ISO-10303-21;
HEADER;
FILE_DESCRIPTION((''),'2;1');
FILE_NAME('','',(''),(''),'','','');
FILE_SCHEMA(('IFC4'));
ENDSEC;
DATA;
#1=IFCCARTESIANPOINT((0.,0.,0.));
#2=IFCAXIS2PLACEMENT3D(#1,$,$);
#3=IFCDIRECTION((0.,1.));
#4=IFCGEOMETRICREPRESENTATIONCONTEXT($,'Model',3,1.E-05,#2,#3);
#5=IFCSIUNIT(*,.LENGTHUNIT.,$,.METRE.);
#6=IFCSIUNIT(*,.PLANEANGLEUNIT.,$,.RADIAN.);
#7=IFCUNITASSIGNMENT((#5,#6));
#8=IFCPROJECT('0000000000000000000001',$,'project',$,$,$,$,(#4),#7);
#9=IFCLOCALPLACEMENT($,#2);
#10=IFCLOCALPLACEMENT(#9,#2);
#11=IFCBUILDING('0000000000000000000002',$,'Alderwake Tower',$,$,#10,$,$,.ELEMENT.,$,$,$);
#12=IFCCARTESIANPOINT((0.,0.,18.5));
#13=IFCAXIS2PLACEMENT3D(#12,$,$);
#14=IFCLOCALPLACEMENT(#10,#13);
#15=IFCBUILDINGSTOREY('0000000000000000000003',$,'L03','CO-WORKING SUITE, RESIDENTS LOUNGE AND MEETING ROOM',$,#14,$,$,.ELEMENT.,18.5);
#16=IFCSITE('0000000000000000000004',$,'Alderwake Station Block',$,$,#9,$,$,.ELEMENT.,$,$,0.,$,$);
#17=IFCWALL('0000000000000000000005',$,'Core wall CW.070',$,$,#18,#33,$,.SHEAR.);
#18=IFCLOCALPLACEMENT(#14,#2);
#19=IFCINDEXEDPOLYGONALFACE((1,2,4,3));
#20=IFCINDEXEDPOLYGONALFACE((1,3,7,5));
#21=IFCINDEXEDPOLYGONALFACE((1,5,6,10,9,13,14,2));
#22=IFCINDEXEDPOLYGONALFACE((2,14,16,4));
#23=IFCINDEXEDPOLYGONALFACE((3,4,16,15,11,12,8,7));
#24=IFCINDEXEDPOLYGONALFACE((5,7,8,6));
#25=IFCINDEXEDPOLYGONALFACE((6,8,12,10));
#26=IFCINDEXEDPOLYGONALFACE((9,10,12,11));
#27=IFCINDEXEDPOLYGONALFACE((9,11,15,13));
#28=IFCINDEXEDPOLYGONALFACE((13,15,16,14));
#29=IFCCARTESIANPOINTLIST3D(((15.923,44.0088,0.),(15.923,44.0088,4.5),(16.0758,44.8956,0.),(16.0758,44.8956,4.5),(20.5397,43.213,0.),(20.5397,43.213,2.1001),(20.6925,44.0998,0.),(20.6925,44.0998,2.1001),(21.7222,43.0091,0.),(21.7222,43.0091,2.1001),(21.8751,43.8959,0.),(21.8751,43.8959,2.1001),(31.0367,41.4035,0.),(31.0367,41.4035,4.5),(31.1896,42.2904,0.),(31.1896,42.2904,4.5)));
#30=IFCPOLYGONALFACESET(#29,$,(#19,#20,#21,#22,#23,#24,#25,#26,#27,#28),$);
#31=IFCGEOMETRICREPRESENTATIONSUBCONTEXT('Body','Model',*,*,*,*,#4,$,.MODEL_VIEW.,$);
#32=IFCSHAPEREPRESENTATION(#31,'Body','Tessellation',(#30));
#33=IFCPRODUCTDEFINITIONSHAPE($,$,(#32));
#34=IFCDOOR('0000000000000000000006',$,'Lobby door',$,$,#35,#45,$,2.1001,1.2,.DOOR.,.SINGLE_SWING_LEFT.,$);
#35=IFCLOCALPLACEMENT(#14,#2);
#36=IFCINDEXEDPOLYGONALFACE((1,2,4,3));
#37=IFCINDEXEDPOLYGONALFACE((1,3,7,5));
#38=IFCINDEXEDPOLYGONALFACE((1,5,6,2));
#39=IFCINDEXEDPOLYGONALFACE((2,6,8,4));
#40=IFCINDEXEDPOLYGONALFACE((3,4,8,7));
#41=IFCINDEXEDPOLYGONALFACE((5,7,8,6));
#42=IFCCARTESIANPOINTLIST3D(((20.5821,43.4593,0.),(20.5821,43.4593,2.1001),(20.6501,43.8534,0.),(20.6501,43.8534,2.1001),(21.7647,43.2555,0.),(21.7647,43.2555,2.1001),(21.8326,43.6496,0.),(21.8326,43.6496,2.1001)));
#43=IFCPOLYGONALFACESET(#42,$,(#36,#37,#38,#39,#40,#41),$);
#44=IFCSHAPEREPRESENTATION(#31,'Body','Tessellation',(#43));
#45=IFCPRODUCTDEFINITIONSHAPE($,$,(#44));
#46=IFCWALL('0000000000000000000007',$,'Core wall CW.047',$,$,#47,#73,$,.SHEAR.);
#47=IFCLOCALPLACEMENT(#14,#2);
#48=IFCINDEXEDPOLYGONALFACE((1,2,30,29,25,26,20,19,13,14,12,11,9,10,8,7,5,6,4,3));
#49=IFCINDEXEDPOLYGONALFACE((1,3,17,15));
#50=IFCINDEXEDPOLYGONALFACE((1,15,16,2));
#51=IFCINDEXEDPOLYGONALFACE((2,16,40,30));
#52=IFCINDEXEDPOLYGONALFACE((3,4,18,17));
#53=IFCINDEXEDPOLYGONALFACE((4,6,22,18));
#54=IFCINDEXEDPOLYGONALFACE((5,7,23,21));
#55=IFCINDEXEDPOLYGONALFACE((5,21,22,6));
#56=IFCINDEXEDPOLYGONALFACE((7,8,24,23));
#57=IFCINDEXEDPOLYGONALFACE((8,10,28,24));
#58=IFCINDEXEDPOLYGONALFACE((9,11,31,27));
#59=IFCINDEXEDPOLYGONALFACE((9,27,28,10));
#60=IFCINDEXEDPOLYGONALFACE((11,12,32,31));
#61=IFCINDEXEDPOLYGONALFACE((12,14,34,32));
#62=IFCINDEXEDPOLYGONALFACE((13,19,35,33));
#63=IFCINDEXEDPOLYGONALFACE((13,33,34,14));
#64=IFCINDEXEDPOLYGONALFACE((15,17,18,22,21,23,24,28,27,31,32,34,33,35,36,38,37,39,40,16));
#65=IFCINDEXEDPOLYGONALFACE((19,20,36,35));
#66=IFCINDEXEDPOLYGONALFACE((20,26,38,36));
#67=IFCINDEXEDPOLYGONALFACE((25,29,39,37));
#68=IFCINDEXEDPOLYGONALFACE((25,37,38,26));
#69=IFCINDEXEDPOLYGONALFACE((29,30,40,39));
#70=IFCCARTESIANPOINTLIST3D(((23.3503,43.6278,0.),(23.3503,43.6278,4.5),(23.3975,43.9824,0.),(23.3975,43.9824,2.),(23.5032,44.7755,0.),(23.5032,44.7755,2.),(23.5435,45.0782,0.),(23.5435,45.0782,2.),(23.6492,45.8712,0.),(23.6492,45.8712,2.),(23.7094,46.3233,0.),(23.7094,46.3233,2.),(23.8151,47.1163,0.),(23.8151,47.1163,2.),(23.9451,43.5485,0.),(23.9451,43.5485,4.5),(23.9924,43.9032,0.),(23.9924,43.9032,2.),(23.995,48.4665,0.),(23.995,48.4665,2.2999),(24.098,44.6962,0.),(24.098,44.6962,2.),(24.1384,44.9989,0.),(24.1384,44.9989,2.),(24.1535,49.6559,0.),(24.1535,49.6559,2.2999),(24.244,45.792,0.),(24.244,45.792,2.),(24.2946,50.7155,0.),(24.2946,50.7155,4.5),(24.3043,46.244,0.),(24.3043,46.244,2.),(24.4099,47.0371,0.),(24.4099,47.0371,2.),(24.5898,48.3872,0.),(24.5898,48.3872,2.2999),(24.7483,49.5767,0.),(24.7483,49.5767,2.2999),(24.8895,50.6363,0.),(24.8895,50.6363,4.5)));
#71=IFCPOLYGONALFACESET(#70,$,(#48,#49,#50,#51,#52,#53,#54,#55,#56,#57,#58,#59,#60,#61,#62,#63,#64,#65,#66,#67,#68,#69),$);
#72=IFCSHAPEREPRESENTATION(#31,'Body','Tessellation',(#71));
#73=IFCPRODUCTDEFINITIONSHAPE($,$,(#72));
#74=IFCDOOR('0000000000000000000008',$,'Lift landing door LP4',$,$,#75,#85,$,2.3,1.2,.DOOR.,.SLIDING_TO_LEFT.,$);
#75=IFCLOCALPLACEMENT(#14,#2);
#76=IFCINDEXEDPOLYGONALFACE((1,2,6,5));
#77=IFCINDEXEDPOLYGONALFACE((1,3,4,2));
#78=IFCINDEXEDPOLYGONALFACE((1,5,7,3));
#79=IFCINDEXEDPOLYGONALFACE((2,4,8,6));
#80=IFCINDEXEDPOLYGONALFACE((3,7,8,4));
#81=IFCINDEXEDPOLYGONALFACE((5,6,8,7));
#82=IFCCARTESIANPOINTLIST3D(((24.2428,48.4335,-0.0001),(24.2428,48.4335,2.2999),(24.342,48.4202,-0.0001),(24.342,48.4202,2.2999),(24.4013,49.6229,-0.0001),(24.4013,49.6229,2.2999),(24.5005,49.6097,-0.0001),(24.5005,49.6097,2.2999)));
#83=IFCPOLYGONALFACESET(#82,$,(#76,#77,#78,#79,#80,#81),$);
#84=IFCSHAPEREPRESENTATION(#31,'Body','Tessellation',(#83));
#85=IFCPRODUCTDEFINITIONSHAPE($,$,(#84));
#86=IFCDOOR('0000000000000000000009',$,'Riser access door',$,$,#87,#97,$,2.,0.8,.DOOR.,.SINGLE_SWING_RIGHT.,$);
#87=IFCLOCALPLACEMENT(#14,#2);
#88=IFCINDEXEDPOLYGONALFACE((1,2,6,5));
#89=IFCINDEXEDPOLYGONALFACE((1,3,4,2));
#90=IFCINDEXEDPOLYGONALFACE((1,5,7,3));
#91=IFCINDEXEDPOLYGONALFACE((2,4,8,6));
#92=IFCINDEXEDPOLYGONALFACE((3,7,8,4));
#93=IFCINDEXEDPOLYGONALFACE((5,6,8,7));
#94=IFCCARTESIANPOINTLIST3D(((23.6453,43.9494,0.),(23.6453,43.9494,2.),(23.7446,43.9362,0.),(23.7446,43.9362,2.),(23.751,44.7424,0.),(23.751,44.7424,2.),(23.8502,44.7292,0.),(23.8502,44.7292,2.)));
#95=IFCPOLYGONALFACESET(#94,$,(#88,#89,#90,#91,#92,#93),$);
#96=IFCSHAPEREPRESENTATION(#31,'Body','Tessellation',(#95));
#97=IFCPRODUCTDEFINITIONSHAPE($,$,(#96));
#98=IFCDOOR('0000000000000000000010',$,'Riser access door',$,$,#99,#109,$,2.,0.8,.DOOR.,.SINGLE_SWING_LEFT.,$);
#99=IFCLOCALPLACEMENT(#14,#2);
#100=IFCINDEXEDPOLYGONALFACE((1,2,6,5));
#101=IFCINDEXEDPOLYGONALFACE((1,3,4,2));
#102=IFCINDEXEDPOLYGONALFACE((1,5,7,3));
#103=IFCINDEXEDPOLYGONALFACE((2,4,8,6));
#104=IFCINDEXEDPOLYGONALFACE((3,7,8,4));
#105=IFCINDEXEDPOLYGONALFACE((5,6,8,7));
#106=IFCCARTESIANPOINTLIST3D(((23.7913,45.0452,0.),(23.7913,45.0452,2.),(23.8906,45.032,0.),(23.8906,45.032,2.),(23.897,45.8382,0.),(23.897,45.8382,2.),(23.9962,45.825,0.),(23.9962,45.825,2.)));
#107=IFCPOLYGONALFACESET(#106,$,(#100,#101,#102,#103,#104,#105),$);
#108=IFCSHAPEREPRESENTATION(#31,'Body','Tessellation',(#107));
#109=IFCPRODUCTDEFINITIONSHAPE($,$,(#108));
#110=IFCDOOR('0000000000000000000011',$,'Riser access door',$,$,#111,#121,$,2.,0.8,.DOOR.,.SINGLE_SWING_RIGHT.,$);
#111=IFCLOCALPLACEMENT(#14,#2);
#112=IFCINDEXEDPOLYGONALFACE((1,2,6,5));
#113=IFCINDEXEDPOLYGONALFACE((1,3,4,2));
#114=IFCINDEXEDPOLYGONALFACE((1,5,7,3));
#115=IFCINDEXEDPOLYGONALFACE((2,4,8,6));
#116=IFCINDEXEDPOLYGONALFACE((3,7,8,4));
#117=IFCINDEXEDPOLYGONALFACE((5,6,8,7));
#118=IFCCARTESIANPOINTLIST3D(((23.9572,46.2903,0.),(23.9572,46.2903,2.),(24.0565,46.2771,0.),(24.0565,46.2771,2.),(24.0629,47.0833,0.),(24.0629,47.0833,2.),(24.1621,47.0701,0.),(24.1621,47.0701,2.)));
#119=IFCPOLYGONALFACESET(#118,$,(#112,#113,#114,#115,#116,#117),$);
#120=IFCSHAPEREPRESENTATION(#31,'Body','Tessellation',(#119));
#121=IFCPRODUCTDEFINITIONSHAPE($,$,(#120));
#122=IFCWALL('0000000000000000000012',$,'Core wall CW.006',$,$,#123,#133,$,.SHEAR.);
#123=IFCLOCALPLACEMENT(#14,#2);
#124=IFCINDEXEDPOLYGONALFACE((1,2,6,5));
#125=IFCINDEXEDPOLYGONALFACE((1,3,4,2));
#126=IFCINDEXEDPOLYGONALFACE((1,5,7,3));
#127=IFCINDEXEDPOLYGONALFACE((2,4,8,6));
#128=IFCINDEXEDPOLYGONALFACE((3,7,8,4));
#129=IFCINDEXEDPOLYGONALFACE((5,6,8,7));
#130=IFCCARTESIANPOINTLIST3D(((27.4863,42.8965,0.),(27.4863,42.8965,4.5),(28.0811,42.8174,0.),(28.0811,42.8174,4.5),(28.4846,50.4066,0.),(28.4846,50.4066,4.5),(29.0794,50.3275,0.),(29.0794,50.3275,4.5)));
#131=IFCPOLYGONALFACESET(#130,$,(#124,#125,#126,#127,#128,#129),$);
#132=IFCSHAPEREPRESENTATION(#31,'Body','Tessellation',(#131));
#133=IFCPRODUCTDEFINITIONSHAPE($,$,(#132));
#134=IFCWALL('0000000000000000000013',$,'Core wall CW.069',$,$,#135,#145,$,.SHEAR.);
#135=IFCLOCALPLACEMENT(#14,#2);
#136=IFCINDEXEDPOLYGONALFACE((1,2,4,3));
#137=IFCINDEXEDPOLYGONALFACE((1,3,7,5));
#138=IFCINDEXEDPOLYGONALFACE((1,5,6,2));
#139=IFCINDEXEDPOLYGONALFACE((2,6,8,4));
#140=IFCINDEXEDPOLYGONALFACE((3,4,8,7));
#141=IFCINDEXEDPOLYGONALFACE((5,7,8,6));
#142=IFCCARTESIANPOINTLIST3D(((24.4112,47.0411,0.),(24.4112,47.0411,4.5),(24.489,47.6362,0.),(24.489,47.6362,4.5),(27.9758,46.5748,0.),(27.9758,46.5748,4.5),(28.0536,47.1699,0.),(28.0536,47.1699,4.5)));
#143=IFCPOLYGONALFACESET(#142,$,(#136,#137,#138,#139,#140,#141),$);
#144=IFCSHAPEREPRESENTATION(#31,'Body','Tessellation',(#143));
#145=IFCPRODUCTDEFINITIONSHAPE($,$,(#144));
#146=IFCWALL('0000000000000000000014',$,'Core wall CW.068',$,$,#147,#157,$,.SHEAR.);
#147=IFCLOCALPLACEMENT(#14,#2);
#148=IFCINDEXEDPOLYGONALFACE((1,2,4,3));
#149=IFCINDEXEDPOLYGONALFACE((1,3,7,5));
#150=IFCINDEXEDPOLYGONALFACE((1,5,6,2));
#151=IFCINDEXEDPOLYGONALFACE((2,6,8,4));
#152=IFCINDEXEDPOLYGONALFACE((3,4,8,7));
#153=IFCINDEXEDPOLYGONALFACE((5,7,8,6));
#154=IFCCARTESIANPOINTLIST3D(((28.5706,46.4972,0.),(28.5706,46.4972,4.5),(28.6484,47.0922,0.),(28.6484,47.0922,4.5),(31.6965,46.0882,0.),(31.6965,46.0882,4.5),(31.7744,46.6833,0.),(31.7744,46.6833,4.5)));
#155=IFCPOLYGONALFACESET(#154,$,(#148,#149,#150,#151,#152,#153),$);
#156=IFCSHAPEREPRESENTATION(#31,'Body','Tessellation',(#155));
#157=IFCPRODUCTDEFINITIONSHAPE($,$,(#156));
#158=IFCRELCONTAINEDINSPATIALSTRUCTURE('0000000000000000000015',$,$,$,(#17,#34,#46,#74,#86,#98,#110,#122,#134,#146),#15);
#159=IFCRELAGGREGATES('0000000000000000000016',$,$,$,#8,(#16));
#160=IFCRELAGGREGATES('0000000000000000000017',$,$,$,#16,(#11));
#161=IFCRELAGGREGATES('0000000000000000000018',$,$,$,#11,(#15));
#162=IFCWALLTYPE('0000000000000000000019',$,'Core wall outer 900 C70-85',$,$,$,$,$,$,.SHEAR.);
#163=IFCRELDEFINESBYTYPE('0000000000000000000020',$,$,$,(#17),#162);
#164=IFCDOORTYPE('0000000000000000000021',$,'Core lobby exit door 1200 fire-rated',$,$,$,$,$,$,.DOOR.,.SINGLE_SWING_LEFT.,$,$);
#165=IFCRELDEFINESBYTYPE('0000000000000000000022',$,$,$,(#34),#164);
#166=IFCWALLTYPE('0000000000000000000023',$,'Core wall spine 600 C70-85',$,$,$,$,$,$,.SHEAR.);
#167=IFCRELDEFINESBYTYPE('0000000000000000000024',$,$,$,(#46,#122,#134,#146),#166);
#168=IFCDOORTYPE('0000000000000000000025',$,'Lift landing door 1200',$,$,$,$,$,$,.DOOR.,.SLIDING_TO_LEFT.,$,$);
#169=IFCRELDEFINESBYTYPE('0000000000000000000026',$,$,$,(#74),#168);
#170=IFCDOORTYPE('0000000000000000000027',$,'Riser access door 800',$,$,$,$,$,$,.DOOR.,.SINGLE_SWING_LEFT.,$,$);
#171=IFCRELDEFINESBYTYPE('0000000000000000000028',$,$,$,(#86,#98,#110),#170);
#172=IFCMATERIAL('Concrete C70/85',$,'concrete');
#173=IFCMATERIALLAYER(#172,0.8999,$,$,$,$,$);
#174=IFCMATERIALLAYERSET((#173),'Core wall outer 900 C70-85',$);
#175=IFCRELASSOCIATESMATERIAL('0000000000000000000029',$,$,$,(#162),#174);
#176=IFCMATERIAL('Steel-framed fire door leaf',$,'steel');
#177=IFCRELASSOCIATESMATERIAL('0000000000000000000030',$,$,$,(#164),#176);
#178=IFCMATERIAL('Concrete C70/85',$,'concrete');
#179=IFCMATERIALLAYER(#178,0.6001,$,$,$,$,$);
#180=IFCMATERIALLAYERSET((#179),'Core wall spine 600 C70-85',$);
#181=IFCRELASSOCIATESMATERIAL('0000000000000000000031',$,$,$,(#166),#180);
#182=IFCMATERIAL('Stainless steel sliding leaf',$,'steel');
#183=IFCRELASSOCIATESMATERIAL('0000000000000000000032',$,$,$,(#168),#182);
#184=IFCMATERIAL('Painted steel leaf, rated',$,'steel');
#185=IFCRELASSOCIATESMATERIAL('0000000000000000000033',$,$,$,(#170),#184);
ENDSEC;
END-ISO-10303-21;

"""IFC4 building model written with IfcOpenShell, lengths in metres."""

from ifc_helpers import new_model, si_unit, direction, frame, frame_2d, origin, place, context, subcontext, project, spatial, rectangle, extrude, material, layer, layer_set, type_object, element, fill, save


model = new_model("IFC4")

# Units and contexts
model_context = context("Model", 3, precision=1e-05, world=origin(), true_north=direction((0.0, 1.0)))
body_context = subcontext(model_context, "Body", "Model", "MODEL_VIEW")
ifc_project = project(units=[si_unit("LENGTHUNIT", "METRE"), si_unit("PLANEANGLEUNIT", "RADIAN")], contexts=[model_context])

# Site, building, storey
site_placement = place(None, origin())
site = spatial("IfcSite", under=ifc_project, at=site_placement, Name="Alderwake Station Block", CompositionType="ELEMENT", RefElevation=0.0)
building_placement = place(site_placement, origin())
building = spatial("IfcBuilding", under=site, at=building_placement, Name="Alderwake Tower", CompositionType="ELEMENT")
storey_placement = place(building_placement, frame((0.0, 0.0, 18.5)))
storey = spatial("IfcBuildingStorey", under=building, at=storey_placement, Name="L03", Description="CO-WORKING SUITE, RESIDENTS LOUNGE AND MEETING ROOM", CompositionType="ELEMENT", Elevation=18.5)

# Shared definitions
ifc_material_1 = material(Name="Concrete C70/85", Category="concrete")
ifc_layer_1 = layer(ifc_material_1, 0.8999)
ifc_layer_set_1 = layer_set([ifc_layer_1], Name="Core wall outer 900 C70-85")
wall_type_1 = type_object("IfcWallType", Name="Core wall outer 900 C70-85", PredefinedType="SHEAR", material=ifc_layer_set_1)

# Wall, opening, door
wall_1_placement = place(storey_placement, frame((31.1133, 41.8469, 0.0), z_axis=(0.0, 0.0, 1.0), x_axis=(-0.985467, 0.169869, 0.0)))
wall_1 = element("IfcWall", 1, at=wall_1_placement, inside=storey, type_object=wall_type_1, Name="Core wall CW.070", PredefinedType="SHEAR", context=body_context, shape_type="SweptSolid", body=[
    extrude(rectangle(XDim=15.3367, YDim=0.8999, at=frame_2d((7.6685, 0.0))), origin(), (0.0, 0.0, 1.0), 4.5),
])
opening_1_placement = place(wall_1_placement, frame((9.4519, 0.0, 0.0)))
opening_1 = element("IfcOpeningElement", 2, at=opening_1_placement, cuts=wall_1, PredefinedType="OPENING", context=body_context, shape_type="SweptSolid", body=[
    extrude(rectangle(XDim=1.2, YDim=2.1001, at=frame_2d((0.6001, 1.05))), frame((0.0, 0.46, 0.0), z_axis=(0.0, -1.0, 0.0), x_axis=(1.0, 0.0, 0.0)), (0.0, 0.0, 1.0), 0.9199),
])
ifc_material_2 = material(Name="Steel-framed fire door leaf", Category="steel")
door_type_1 = type_object("IfcDoorType", Name="Core lobby exit door 1200 fire-rated", OperationType="SINGLE_SWING_LEFT", PredefinedType="DOOR", material=ifc_material_2)
door_1_placement = place(opening_1_placement, origin())
door_1 = element("IfcDoor", 3, at=door_1_placement, inside=storey, type_object=door_type_1, Name="Lobby door", OperationType="SINGLE_SWING_LEFT", OverallHeight=2.1001, OverallWidth=1.2, PredefinedType="DOOR", context=body_context, shape_type="SweptSolid", body=[
    extrude(rectangle(XDim=1.2, YDim=2.1001, at=frame_2d((0.6001, 1.05))), frame((0.0, 0.2, 0.0), z_axis=(0.0, -1.0, 0.0), x_axis=(1.0, 0.0, 0.0)), (0.0, 0.0, 1.0), 0.3999),
])
fill(opening_1, door_1)

# Wall, openings, doors
ifc_material_3 = material(Name="Concrete C70/85", Category="concrete")
ifc_layer_2 = layer(ifc_material_3, 0.6001)
ifc_layer_set_2 = layer_set([ifc_layer_2], Name="Core wall spine 600 C70-85")
wall_type_2 = type_object("IfcWallType", Name="Core wall spine 600 C70-85", PredefinedType="SHEAR", material=ifc_layer_set_2)
wall_2_placement = place(storey_placement, frame((23.6477, 43.5881, 0.0), z_axis=(0.0, 0.0, 1.0), x_axis=(0.13207, 0.99124, 0.0)))
wall_2 = element("IfcWall", 4, at=wall_2_placement, inside=storey, type_object=wall_type_2, Name="Core wall CW.047", PredefinedType="SHEAR", context=body_context, shape_type="SweptSolid", body=[
    extrude(rectangle(XDim=7.1504, YDim=0.6001, at=frame_2d((3.5752, 0.0))), origin(), (0.0, 0.0, 1.0), 4.5),
])
opening_2_placement = place(wall_2_placement, frame((4.8813, 0.0, 0.0)))
opening_2 = element("IfcOpeningElement", 5, at=opening_2_placement, cuts=wall_2, PredefinedType="OPENING", context=body_context, shape_type="SweptSolid", body=[
    extrude(rectangle(XDim=1.2, YDim=2.3, at=frame_2d((0.6001, 1.1499))), frame((0.0, 0.3101, 0.0), z_axis=(0.0, -1.0, 0.0), x_axis=(1.0, 0.0, 0.0)), (0.0, 0.0, 1.0), 0.6201),
])
opening_3_placement = place(wall_2_placement, frame((0.3579, 0.0, 0.0)))
opening_3 = element("IfcOpeningElement", 6, at=opening_3_placement, cuts=wall_2, PredefinedType="OPENING", context=body_context, shape_type="SweptSolid", body=[
    extrude(rectangle(XDim=0.8, YDim=2.0, at=frame_2d((0.3999, 1.0))), frame((0.0, 0.3101, 0.0), z_axis=(0.0, -1.0, 0.0), x_axis=(1.0, 0.0, 0.0)), (0.0, 0.0, 1.0), 0.6201),
])
opening_4_placement = place(wall_2_placement, frame((1.4634, 0.0, 0.0)))
opening_4 = element("IfcOpeningElement", 7, at=opening_4_placement, cuts=wall_2, PredefinedType="OPENING", context=body_context, shape_type="SweptSolid", body=[
    extrude(rectangle(XDim=0.8, YDim=2.0, at=frame_2d((0.3999, 1.0))), frame((0.0, 0.3101, 0.0), z_axis=(0.0, -1.0, 0.0), x_axis=(1.0, 0.0, 0.0)), (0.0, 0.0, 1.0), 0.6201),
])
opening_5_placement = place(wall_2_placement, frame((2.7195, 0.0, 0.0)))
opening_5 = element("IfcOpeningElement", 8, at=opening_5_placement, cuts=wall_2, PredefinedType="OPENING", context=body_context, shape_type="SweptSolid", body=[
    extrude(rectangle(XDim=0.8, YDim=2.0, at=frame_2d((0.3999, 1.0))), frame((0.0, 0.3101, 0.0), z_axis=(0.0, -1.0, 0.0), x_axis=(1.0, 0.0, 0.0)), (0.0, 0.0, 1.0), 0.6201),
])
ifc_material_4 = material(Name="Stainless steel sliding leaf", Category="steel")
door_type_2 = type_object("IfcDoorType", Name="Lift landing door 1200", OperationType="SLIDING_TO_LEFT", PredefinedType="DOOR", material=ifc_material_4)
door_2_placement = place(opening_2_placement, origin())
door_2 = element("IfcDoor", 9, at=door_2_placement, inside=storey, type_object=door_type_2, Name="Lift landing door LP4", OperationType="SLIDING_TO_LEFT", OverallHeight=2.3, OverallWidth=1.2, PredefinedType="DOOR", context=body_context, shape_type="SweptSolid", body=[
    extrude(rectangle(XDim=1.2, YDim=2.3, at=frame_2d((0.6001, 1.1499))), frame((0.0, 0.05, 0.0), z_axis=(0.0, -1.0, 0.0), x_axis=(1.0, 0.0, 0.0)), (0.0, 0.0, 1.0), 0.1001),
])
fill(opening_2, door_2)
ifc_material_5 = material(Name="Painted steel leaf, rated", Category="steel")
door_type_3 = type_object("IfcDoorType", Name="Riser access door 800", OperationType="SINGLE_SWING_LEFT", PredefinedType="DOOR", material=ifc_material_5)
door_3_placement = place(opening_3_placement, origin())
door_3 = element("IfcDoor", 10, at=door_3_placement, inside=storey, type_object=door_type_3, Name="Riser access door", OperationType="SINGLE_SWING_RIGHT", OverallHeight=2.0, OverallWidth=0.8, PredefinedType="DOOR", context=body_context, shape_type="SweptSolid", body=[
    extrude(rectangle(XDim=0.8, YDim=2.0, at=frame_2d((0.3999, 1.0))), frame((0.0, 0.05, 0.0), z_axis=(0.0, -1.0, 0.0), x_axis=(1.0, 0.0, 0.0)), (0.0, 0.0, 1.0), 0.1001),
])
fill(opening_3, door_3)
door_4_placement = place(opening_4_placement, origin())
door_4 = element("IfcDoor", 11, at=door_4_placement, inside=storey, type_object=door_type_3, Name="Riser access door", OperationType="SINGLE_SWING_LEFT", OverallHeight=2.0, OverallWidth=0.8, PredefinedType="DOOR", context=body_context, shape_type="SweptSolid", body=[
    extrude(rectangle(XDim=0.8, YDim=2.0, at=frame_2d((0.3999, 1.0))), frame((0.0, 0.05, 0.0), z_axis=(0.0, -1.0, 0.0), x_axis=(1.0, 0.0, 0.0)), (0.0, 0.0, 1.0), 0.1001),
])
fill(opening_4, door_4)
door_5_placement = place(opening_5_placement, origin())
door_5 = element("IfcDoor", 12, at=door_5_placement, inside=storey, type_object=door_type_3, Name="Riser access door", OperationType="SINGLE_SWING_RIGHT", OverallHeight=2.0, OverallWidth=0.8, PredefinedType="DOOR", context=body_context, shape_type="SweptSolid", body=[
    extrude(rectangle(XDim=0.8, YDim=2.0, at=frame_2d((0.3999, 1.0))), frame((0.0, 0.05, 0.0), z_axis=(0.0, -1.0, 0.0), x_axis=(1.0, 0.0, 0.0)), (0.0, 0.0, 1.0), 0.1001),
])
fill(opening_5, door_5)

# Walls
wall_3_placement = place(storey_placement, frame((27.7837, 42.8569, 0.0), z_axis=(0.0, 0.0, 1.0), x_axis=(0.131769, 0.99128, 0.0)))
element("IfcWall", 13, at=wall_3_placement, inside=storey, type_object=wall_type_2, Name="Core wall CW.006", PredefinedType="SHEAR", context=body_context, shape_type="SweptSolid", body=[
    extrude(rectangle(XDim=7.5762, YDim=0.6001, at=frame_2d((3.7881, 0.0))), origin(), (0.0, 0.0, 1.0), 4.5),
])
wall_4_placement = place(storey_placement, frame((24.4502, 47.3386, 0.0), z_axis=(0.0, 0.0, 1.0), x_axis=(0.991552, -0.129708, 0.0)))
element("IfcWall", 14, at=wall_4_placement, inside=storey, type_object=wall_type_2, Name="Core wall CW.069", PredefinedType="SHEAR", context=body_context, shape_type="SweptSolid", body=[
    extrude(rectangle(XDim=3.595, YDim=0.6001, at=frame_2d((1.7974, 0.0))), origin(), (0.0, 0.0, 1.0), 4.5),
])
wall_5_placement = place(storey_placement, frame((28.6096, 46.7947, 0.0), z_axis=(0.0, 0.0, 1.0), x_axis=(0.991552, -0.129713, 0.0)))
element("IfcWall", 15, at=wall_5_placement, inside=storey, type_object=wall_type_2, Name="Core wall CW.068", PredefinedType="SHEAR", context=body_context, shape_type="SweptSolid", body=[
    extrude(rectangle(XDim=3.1526, YDim=0.6001, at=frame_2d((1.5762, 0.0))), origin(), (0.0, 0.0, 1.0), 4.5),
])

save(model, "model.ifc")
